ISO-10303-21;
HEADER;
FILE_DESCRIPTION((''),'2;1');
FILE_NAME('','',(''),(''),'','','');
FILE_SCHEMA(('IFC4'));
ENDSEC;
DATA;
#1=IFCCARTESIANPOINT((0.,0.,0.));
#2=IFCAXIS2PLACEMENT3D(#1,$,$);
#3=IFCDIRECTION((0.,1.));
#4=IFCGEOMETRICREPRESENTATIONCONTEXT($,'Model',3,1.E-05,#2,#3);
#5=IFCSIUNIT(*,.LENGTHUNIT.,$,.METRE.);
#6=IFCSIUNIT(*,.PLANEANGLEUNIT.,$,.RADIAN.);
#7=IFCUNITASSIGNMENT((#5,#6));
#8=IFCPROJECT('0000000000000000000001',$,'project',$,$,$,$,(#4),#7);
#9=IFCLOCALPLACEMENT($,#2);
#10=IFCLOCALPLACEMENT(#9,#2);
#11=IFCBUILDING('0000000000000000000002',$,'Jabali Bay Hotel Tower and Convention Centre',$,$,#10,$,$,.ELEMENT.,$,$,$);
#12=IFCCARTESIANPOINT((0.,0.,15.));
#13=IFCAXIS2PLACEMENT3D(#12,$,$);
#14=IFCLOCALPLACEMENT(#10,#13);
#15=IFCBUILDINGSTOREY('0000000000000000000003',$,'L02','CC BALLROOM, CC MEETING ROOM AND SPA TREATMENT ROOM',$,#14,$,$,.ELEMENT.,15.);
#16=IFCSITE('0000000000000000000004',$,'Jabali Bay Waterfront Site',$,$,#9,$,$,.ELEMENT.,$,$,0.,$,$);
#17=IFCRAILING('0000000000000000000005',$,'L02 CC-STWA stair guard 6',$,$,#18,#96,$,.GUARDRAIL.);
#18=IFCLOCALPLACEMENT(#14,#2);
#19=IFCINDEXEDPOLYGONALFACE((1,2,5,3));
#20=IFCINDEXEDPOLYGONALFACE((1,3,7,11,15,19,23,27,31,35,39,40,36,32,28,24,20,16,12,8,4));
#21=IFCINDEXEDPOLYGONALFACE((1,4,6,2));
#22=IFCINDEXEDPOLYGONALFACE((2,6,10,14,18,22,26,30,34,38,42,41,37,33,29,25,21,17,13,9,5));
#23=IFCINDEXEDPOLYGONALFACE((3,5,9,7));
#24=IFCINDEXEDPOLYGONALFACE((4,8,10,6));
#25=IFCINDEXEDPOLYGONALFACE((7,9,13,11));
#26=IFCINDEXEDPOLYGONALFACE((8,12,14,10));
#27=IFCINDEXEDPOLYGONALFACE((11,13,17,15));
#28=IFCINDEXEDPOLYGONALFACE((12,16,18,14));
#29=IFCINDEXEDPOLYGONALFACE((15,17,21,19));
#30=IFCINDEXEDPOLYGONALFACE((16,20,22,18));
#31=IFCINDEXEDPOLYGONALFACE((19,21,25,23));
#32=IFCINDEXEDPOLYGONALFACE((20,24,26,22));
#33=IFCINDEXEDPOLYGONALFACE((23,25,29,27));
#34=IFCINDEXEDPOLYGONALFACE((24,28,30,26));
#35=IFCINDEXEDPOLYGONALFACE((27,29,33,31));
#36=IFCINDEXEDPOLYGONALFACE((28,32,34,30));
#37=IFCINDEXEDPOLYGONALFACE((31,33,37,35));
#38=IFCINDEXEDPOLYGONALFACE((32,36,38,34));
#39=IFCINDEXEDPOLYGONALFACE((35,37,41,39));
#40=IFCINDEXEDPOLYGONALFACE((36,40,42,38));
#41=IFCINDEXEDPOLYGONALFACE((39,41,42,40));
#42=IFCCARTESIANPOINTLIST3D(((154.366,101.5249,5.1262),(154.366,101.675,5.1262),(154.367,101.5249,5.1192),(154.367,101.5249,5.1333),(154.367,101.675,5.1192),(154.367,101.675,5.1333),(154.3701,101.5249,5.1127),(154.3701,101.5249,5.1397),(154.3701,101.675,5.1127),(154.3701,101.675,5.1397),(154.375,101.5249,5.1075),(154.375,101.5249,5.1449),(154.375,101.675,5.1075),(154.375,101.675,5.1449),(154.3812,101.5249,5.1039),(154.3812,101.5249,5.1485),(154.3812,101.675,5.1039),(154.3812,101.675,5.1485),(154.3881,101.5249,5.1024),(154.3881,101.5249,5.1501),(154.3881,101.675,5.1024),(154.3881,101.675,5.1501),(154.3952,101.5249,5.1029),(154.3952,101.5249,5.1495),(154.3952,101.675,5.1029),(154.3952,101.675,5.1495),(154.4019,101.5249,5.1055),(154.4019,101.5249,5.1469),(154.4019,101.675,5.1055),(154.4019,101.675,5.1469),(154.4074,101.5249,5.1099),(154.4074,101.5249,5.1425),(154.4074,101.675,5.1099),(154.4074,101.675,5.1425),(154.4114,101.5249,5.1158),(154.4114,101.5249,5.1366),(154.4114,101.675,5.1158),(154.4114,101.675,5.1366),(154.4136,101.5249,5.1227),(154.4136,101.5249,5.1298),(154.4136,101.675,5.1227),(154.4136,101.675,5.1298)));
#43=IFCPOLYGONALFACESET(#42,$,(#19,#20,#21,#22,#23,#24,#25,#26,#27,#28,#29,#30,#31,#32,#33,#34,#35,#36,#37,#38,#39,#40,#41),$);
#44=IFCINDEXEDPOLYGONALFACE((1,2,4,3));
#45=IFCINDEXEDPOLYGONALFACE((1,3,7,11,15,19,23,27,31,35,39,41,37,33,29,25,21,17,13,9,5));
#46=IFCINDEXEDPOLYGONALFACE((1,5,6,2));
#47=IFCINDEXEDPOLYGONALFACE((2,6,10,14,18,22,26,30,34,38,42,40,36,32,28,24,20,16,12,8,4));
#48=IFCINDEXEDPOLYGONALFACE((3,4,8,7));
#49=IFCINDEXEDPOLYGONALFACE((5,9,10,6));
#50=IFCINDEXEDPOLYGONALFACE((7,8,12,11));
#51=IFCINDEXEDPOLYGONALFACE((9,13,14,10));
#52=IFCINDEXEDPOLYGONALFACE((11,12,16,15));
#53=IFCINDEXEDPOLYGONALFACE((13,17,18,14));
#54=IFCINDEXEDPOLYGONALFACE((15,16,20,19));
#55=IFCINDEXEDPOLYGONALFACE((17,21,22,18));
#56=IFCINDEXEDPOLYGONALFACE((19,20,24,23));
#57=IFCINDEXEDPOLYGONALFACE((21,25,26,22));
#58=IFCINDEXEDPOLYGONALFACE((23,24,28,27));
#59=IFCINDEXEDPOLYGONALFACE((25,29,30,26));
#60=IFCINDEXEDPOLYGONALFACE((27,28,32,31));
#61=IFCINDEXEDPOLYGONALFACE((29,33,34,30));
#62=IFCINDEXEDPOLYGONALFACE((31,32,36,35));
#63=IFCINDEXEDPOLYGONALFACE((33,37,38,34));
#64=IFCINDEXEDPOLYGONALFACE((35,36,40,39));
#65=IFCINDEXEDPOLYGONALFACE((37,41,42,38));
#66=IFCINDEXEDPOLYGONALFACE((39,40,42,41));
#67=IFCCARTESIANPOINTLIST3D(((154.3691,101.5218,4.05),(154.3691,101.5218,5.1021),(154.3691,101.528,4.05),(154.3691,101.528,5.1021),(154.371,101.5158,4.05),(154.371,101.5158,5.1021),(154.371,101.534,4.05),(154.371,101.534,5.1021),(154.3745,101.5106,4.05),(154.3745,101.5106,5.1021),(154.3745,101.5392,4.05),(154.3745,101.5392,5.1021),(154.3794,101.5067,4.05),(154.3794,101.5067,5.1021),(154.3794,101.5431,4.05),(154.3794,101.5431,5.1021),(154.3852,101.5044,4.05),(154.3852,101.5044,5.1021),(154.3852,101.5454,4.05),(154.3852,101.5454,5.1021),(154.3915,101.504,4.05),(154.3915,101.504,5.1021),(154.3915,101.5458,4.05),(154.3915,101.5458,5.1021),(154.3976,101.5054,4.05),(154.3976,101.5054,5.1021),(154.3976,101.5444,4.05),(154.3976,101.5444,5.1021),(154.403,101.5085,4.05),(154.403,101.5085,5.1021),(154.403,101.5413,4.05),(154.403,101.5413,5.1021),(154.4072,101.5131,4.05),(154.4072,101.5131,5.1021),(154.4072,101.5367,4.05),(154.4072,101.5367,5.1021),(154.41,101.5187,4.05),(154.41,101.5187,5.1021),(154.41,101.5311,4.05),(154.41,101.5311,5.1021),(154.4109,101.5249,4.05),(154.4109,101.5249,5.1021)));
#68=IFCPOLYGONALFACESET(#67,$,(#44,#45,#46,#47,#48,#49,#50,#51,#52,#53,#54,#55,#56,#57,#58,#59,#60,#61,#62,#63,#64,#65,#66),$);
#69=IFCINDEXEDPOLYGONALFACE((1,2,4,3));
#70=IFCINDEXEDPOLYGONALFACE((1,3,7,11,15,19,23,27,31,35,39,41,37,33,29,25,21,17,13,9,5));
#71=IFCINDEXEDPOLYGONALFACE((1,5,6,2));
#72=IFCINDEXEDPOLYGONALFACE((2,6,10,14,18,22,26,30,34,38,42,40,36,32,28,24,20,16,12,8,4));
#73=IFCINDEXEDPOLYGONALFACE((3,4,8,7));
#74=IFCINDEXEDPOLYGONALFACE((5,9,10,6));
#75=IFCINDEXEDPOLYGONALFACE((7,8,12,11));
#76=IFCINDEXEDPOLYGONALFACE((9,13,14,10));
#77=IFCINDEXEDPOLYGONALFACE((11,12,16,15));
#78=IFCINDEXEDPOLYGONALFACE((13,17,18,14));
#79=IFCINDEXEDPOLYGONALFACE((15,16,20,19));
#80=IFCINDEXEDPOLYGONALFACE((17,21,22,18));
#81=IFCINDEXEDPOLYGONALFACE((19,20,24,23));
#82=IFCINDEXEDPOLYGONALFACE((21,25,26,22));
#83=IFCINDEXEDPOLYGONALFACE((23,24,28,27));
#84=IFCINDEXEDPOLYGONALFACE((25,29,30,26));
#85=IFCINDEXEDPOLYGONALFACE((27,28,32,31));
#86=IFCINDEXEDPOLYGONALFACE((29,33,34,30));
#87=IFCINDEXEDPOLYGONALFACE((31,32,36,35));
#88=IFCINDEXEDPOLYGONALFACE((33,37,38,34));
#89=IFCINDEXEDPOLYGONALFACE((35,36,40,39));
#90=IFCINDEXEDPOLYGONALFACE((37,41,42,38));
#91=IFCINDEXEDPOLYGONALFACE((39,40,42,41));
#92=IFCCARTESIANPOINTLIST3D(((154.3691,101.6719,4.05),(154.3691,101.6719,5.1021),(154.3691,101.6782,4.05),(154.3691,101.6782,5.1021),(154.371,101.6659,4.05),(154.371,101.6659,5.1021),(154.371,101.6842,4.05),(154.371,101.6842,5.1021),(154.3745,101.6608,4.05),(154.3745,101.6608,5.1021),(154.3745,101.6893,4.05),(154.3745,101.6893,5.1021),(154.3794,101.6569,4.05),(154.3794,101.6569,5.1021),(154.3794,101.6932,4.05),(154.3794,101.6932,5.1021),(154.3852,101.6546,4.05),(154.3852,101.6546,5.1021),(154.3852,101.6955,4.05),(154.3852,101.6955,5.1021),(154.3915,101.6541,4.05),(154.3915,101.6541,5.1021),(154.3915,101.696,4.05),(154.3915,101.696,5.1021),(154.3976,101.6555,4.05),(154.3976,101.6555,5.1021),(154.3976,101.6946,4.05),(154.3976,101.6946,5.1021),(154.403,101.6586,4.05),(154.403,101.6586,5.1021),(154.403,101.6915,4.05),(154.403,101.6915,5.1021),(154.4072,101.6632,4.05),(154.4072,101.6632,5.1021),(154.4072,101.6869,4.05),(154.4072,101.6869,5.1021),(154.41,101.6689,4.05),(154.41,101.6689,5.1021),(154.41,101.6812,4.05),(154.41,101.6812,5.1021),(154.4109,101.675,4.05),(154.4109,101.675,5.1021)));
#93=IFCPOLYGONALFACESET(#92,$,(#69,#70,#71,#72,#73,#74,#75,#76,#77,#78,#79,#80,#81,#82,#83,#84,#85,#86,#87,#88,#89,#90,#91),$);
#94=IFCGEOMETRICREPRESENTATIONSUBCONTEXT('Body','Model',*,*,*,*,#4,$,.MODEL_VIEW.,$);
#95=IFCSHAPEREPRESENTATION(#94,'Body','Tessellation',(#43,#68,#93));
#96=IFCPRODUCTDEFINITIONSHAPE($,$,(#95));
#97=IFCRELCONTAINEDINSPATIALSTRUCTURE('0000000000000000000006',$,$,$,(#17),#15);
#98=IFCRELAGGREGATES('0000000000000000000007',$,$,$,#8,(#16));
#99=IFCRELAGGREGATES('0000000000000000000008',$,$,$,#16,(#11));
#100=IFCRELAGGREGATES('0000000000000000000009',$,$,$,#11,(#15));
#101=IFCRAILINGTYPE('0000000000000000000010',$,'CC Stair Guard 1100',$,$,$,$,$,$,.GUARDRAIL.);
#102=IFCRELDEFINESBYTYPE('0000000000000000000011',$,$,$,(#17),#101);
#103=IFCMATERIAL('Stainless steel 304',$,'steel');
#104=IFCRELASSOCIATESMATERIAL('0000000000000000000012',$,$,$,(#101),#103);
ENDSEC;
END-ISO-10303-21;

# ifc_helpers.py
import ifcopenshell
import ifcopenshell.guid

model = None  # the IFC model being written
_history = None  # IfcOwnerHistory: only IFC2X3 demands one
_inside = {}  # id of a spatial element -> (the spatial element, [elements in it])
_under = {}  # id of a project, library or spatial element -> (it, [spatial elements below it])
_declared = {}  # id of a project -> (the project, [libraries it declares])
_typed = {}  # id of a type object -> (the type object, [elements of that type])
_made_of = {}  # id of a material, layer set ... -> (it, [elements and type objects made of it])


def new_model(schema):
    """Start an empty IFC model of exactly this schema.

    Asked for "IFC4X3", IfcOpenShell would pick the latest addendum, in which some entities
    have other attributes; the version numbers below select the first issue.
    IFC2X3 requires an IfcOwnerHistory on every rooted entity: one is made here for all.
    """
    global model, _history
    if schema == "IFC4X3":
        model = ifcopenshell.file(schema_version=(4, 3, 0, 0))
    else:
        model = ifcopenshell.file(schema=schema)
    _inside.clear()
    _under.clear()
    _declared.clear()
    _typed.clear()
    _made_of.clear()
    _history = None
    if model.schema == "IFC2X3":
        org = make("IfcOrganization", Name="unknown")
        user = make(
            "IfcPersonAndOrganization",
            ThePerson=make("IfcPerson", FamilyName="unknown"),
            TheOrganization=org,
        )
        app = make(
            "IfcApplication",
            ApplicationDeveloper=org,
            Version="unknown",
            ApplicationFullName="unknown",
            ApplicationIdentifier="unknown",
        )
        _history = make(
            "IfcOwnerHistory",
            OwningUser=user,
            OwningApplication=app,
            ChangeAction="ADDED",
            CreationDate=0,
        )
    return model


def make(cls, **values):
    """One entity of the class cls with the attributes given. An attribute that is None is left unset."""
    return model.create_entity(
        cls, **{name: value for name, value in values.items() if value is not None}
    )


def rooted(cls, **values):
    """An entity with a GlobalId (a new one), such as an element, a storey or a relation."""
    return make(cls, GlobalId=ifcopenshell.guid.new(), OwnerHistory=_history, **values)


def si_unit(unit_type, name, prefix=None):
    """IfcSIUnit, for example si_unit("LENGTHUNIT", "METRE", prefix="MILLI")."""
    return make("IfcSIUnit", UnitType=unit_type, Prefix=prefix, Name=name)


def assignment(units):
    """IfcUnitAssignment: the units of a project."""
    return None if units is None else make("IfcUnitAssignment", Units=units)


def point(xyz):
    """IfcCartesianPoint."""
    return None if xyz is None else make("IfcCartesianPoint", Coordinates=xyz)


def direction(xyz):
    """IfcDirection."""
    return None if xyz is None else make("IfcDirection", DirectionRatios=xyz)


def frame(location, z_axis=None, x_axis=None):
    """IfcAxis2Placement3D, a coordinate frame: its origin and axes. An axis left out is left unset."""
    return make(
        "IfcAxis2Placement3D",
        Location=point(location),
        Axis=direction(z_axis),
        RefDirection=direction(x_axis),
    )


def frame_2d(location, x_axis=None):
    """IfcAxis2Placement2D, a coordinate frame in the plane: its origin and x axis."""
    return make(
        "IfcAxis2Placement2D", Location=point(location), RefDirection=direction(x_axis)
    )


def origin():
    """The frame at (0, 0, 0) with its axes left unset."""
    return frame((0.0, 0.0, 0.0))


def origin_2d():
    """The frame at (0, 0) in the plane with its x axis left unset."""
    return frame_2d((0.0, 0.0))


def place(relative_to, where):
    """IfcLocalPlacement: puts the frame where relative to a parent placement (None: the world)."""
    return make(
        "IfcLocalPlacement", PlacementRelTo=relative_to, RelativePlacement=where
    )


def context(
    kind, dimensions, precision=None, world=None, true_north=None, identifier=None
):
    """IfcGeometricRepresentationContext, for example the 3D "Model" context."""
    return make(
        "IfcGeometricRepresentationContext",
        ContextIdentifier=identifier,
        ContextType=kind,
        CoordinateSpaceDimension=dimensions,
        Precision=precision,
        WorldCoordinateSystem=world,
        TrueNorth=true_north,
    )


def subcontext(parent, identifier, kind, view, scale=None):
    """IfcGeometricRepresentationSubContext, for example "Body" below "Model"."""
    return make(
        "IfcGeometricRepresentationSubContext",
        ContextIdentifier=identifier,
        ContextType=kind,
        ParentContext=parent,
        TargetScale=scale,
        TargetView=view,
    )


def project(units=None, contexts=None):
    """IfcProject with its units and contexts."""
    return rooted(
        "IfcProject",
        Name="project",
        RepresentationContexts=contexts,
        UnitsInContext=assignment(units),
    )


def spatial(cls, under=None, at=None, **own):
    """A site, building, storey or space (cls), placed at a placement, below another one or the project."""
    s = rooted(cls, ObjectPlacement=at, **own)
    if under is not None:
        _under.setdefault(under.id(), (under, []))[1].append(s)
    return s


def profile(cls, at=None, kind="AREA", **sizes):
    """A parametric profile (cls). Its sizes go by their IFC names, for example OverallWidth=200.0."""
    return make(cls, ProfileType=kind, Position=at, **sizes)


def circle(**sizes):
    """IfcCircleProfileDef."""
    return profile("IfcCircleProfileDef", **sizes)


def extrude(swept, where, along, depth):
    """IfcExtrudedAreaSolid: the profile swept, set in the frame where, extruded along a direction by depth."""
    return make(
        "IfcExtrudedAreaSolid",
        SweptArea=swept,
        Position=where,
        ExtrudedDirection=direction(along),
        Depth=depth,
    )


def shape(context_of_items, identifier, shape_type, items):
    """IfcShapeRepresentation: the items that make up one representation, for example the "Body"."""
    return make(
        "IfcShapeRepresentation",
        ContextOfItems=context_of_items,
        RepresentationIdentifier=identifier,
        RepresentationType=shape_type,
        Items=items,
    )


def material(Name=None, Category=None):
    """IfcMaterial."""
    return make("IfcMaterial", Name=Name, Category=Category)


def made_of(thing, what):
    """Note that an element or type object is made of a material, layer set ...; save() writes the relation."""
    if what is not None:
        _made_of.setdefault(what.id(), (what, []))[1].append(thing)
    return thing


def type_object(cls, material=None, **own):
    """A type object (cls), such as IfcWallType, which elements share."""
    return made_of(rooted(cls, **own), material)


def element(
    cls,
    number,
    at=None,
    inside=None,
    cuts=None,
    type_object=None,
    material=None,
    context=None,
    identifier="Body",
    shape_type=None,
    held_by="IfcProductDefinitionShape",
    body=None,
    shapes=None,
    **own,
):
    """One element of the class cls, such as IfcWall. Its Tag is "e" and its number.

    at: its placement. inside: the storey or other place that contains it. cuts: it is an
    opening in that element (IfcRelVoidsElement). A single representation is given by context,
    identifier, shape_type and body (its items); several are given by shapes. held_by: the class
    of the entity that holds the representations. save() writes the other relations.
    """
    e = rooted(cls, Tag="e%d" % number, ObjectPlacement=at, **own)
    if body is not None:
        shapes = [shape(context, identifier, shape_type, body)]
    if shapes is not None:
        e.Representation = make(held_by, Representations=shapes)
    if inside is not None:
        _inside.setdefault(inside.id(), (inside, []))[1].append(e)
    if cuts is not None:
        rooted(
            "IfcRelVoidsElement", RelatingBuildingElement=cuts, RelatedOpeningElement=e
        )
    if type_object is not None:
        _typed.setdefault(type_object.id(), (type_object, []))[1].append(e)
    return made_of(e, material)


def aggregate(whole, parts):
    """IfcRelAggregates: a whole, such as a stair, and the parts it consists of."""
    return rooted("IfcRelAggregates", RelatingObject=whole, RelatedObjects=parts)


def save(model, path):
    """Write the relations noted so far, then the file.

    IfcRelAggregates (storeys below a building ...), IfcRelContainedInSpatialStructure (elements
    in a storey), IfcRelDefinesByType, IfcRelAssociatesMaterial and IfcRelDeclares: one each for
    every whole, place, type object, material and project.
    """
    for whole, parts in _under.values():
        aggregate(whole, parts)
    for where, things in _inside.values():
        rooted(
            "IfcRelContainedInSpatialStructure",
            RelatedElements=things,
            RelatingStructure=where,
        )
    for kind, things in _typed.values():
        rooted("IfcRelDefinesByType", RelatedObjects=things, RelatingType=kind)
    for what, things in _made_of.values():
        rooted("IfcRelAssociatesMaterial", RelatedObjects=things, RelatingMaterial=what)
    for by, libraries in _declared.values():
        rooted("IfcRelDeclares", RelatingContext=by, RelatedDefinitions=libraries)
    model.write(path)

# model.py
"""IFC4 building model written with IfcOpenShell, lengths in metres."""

from ifc_helpers import new_model, si_unit, direction, frame, origin, origin_2d, place, context, subcontext, project, spatial, circle, extrude, material, type_object, element, save


model = new_model("IFC4")

# Units and contexts
model_context = context("Model", 3, precision=1e-05, world=origin(), true_north=direction((0.0, 1.0)))
body_context = subcontext(model_context, "Body", "Model", "MODEL_VIEW")
ifc_project = project(units=[si_unit("LENGTHUNIT", "METRE"), si_unit("PLANEANGLEUNIT", "RADIAN")], contexts=[model_context])

# Site, building, storey
site_placement = place(None, origin())
site = spatial("IfcSite", under=ifc_project, at=site_placement, Name="Jabali Bay Waterfront Site", CompositionType="ELEMENT", RefElevation=0.0)
building_placement = place(site_placement, origin())
building = spatial("IfcBuilding", under=site, at=building_placement, Name="Jabali Bay Hotel Tower and Convention Centre", CompositionType="ELEMENT")
storey_placement = place(building_placement, frame((0.0, 0.0, 15.0)))
storey = spatial("IfcBuildingStorey", under=building, at=storey_placement, Name="L02", Description="CC BALLROOM, CC MEETING ROOM AND SPA TREATMENT ROOM", CompositionType="ELEMENT", Elevation=15.0)

# Railing
ifc_material_1 = material(Name="Stainless steel 304", Category="steel")
railing_type_1 = type_object("IfcRailingType", Name="CC Stair Guard 1100", PredefinedType="GUARDRAIL", material=ifc_material_1)
railing_1_placement = place(storey_placement, frame((154.3899, 101.5249, 4.05)))
element("IfcRailing", 1, at=railing_1_placement, inside=storey, type_object=railing_type_1, Name="L02 CC-STWA stair guard 6", PredefinedType="GUARDRAIL", context=body_context, shape_type="SweptSolid", body=[
    extrude(circle(Radius=0.0239, at=origin_2d()), frame((0.0, 0.0, 1.0762), z_axis=(0.0, 1.0, 0.0), x_axis=(-1.0, 0.0, 0.0)), (0.0, 0.0, 1.0), 0.1501),
    extrude(circle(Radius=0.021, at=origin_2d()), origin(), (0.0, 0.0, 1.0), 1.052),
    extrude(circle(Radius=0.021, at=origin_2d()), frame((0.0, 0.1501, 0.0)), (0.0, 0.0, 1.0), 1.052),
])

save(model, "model.ifc")
